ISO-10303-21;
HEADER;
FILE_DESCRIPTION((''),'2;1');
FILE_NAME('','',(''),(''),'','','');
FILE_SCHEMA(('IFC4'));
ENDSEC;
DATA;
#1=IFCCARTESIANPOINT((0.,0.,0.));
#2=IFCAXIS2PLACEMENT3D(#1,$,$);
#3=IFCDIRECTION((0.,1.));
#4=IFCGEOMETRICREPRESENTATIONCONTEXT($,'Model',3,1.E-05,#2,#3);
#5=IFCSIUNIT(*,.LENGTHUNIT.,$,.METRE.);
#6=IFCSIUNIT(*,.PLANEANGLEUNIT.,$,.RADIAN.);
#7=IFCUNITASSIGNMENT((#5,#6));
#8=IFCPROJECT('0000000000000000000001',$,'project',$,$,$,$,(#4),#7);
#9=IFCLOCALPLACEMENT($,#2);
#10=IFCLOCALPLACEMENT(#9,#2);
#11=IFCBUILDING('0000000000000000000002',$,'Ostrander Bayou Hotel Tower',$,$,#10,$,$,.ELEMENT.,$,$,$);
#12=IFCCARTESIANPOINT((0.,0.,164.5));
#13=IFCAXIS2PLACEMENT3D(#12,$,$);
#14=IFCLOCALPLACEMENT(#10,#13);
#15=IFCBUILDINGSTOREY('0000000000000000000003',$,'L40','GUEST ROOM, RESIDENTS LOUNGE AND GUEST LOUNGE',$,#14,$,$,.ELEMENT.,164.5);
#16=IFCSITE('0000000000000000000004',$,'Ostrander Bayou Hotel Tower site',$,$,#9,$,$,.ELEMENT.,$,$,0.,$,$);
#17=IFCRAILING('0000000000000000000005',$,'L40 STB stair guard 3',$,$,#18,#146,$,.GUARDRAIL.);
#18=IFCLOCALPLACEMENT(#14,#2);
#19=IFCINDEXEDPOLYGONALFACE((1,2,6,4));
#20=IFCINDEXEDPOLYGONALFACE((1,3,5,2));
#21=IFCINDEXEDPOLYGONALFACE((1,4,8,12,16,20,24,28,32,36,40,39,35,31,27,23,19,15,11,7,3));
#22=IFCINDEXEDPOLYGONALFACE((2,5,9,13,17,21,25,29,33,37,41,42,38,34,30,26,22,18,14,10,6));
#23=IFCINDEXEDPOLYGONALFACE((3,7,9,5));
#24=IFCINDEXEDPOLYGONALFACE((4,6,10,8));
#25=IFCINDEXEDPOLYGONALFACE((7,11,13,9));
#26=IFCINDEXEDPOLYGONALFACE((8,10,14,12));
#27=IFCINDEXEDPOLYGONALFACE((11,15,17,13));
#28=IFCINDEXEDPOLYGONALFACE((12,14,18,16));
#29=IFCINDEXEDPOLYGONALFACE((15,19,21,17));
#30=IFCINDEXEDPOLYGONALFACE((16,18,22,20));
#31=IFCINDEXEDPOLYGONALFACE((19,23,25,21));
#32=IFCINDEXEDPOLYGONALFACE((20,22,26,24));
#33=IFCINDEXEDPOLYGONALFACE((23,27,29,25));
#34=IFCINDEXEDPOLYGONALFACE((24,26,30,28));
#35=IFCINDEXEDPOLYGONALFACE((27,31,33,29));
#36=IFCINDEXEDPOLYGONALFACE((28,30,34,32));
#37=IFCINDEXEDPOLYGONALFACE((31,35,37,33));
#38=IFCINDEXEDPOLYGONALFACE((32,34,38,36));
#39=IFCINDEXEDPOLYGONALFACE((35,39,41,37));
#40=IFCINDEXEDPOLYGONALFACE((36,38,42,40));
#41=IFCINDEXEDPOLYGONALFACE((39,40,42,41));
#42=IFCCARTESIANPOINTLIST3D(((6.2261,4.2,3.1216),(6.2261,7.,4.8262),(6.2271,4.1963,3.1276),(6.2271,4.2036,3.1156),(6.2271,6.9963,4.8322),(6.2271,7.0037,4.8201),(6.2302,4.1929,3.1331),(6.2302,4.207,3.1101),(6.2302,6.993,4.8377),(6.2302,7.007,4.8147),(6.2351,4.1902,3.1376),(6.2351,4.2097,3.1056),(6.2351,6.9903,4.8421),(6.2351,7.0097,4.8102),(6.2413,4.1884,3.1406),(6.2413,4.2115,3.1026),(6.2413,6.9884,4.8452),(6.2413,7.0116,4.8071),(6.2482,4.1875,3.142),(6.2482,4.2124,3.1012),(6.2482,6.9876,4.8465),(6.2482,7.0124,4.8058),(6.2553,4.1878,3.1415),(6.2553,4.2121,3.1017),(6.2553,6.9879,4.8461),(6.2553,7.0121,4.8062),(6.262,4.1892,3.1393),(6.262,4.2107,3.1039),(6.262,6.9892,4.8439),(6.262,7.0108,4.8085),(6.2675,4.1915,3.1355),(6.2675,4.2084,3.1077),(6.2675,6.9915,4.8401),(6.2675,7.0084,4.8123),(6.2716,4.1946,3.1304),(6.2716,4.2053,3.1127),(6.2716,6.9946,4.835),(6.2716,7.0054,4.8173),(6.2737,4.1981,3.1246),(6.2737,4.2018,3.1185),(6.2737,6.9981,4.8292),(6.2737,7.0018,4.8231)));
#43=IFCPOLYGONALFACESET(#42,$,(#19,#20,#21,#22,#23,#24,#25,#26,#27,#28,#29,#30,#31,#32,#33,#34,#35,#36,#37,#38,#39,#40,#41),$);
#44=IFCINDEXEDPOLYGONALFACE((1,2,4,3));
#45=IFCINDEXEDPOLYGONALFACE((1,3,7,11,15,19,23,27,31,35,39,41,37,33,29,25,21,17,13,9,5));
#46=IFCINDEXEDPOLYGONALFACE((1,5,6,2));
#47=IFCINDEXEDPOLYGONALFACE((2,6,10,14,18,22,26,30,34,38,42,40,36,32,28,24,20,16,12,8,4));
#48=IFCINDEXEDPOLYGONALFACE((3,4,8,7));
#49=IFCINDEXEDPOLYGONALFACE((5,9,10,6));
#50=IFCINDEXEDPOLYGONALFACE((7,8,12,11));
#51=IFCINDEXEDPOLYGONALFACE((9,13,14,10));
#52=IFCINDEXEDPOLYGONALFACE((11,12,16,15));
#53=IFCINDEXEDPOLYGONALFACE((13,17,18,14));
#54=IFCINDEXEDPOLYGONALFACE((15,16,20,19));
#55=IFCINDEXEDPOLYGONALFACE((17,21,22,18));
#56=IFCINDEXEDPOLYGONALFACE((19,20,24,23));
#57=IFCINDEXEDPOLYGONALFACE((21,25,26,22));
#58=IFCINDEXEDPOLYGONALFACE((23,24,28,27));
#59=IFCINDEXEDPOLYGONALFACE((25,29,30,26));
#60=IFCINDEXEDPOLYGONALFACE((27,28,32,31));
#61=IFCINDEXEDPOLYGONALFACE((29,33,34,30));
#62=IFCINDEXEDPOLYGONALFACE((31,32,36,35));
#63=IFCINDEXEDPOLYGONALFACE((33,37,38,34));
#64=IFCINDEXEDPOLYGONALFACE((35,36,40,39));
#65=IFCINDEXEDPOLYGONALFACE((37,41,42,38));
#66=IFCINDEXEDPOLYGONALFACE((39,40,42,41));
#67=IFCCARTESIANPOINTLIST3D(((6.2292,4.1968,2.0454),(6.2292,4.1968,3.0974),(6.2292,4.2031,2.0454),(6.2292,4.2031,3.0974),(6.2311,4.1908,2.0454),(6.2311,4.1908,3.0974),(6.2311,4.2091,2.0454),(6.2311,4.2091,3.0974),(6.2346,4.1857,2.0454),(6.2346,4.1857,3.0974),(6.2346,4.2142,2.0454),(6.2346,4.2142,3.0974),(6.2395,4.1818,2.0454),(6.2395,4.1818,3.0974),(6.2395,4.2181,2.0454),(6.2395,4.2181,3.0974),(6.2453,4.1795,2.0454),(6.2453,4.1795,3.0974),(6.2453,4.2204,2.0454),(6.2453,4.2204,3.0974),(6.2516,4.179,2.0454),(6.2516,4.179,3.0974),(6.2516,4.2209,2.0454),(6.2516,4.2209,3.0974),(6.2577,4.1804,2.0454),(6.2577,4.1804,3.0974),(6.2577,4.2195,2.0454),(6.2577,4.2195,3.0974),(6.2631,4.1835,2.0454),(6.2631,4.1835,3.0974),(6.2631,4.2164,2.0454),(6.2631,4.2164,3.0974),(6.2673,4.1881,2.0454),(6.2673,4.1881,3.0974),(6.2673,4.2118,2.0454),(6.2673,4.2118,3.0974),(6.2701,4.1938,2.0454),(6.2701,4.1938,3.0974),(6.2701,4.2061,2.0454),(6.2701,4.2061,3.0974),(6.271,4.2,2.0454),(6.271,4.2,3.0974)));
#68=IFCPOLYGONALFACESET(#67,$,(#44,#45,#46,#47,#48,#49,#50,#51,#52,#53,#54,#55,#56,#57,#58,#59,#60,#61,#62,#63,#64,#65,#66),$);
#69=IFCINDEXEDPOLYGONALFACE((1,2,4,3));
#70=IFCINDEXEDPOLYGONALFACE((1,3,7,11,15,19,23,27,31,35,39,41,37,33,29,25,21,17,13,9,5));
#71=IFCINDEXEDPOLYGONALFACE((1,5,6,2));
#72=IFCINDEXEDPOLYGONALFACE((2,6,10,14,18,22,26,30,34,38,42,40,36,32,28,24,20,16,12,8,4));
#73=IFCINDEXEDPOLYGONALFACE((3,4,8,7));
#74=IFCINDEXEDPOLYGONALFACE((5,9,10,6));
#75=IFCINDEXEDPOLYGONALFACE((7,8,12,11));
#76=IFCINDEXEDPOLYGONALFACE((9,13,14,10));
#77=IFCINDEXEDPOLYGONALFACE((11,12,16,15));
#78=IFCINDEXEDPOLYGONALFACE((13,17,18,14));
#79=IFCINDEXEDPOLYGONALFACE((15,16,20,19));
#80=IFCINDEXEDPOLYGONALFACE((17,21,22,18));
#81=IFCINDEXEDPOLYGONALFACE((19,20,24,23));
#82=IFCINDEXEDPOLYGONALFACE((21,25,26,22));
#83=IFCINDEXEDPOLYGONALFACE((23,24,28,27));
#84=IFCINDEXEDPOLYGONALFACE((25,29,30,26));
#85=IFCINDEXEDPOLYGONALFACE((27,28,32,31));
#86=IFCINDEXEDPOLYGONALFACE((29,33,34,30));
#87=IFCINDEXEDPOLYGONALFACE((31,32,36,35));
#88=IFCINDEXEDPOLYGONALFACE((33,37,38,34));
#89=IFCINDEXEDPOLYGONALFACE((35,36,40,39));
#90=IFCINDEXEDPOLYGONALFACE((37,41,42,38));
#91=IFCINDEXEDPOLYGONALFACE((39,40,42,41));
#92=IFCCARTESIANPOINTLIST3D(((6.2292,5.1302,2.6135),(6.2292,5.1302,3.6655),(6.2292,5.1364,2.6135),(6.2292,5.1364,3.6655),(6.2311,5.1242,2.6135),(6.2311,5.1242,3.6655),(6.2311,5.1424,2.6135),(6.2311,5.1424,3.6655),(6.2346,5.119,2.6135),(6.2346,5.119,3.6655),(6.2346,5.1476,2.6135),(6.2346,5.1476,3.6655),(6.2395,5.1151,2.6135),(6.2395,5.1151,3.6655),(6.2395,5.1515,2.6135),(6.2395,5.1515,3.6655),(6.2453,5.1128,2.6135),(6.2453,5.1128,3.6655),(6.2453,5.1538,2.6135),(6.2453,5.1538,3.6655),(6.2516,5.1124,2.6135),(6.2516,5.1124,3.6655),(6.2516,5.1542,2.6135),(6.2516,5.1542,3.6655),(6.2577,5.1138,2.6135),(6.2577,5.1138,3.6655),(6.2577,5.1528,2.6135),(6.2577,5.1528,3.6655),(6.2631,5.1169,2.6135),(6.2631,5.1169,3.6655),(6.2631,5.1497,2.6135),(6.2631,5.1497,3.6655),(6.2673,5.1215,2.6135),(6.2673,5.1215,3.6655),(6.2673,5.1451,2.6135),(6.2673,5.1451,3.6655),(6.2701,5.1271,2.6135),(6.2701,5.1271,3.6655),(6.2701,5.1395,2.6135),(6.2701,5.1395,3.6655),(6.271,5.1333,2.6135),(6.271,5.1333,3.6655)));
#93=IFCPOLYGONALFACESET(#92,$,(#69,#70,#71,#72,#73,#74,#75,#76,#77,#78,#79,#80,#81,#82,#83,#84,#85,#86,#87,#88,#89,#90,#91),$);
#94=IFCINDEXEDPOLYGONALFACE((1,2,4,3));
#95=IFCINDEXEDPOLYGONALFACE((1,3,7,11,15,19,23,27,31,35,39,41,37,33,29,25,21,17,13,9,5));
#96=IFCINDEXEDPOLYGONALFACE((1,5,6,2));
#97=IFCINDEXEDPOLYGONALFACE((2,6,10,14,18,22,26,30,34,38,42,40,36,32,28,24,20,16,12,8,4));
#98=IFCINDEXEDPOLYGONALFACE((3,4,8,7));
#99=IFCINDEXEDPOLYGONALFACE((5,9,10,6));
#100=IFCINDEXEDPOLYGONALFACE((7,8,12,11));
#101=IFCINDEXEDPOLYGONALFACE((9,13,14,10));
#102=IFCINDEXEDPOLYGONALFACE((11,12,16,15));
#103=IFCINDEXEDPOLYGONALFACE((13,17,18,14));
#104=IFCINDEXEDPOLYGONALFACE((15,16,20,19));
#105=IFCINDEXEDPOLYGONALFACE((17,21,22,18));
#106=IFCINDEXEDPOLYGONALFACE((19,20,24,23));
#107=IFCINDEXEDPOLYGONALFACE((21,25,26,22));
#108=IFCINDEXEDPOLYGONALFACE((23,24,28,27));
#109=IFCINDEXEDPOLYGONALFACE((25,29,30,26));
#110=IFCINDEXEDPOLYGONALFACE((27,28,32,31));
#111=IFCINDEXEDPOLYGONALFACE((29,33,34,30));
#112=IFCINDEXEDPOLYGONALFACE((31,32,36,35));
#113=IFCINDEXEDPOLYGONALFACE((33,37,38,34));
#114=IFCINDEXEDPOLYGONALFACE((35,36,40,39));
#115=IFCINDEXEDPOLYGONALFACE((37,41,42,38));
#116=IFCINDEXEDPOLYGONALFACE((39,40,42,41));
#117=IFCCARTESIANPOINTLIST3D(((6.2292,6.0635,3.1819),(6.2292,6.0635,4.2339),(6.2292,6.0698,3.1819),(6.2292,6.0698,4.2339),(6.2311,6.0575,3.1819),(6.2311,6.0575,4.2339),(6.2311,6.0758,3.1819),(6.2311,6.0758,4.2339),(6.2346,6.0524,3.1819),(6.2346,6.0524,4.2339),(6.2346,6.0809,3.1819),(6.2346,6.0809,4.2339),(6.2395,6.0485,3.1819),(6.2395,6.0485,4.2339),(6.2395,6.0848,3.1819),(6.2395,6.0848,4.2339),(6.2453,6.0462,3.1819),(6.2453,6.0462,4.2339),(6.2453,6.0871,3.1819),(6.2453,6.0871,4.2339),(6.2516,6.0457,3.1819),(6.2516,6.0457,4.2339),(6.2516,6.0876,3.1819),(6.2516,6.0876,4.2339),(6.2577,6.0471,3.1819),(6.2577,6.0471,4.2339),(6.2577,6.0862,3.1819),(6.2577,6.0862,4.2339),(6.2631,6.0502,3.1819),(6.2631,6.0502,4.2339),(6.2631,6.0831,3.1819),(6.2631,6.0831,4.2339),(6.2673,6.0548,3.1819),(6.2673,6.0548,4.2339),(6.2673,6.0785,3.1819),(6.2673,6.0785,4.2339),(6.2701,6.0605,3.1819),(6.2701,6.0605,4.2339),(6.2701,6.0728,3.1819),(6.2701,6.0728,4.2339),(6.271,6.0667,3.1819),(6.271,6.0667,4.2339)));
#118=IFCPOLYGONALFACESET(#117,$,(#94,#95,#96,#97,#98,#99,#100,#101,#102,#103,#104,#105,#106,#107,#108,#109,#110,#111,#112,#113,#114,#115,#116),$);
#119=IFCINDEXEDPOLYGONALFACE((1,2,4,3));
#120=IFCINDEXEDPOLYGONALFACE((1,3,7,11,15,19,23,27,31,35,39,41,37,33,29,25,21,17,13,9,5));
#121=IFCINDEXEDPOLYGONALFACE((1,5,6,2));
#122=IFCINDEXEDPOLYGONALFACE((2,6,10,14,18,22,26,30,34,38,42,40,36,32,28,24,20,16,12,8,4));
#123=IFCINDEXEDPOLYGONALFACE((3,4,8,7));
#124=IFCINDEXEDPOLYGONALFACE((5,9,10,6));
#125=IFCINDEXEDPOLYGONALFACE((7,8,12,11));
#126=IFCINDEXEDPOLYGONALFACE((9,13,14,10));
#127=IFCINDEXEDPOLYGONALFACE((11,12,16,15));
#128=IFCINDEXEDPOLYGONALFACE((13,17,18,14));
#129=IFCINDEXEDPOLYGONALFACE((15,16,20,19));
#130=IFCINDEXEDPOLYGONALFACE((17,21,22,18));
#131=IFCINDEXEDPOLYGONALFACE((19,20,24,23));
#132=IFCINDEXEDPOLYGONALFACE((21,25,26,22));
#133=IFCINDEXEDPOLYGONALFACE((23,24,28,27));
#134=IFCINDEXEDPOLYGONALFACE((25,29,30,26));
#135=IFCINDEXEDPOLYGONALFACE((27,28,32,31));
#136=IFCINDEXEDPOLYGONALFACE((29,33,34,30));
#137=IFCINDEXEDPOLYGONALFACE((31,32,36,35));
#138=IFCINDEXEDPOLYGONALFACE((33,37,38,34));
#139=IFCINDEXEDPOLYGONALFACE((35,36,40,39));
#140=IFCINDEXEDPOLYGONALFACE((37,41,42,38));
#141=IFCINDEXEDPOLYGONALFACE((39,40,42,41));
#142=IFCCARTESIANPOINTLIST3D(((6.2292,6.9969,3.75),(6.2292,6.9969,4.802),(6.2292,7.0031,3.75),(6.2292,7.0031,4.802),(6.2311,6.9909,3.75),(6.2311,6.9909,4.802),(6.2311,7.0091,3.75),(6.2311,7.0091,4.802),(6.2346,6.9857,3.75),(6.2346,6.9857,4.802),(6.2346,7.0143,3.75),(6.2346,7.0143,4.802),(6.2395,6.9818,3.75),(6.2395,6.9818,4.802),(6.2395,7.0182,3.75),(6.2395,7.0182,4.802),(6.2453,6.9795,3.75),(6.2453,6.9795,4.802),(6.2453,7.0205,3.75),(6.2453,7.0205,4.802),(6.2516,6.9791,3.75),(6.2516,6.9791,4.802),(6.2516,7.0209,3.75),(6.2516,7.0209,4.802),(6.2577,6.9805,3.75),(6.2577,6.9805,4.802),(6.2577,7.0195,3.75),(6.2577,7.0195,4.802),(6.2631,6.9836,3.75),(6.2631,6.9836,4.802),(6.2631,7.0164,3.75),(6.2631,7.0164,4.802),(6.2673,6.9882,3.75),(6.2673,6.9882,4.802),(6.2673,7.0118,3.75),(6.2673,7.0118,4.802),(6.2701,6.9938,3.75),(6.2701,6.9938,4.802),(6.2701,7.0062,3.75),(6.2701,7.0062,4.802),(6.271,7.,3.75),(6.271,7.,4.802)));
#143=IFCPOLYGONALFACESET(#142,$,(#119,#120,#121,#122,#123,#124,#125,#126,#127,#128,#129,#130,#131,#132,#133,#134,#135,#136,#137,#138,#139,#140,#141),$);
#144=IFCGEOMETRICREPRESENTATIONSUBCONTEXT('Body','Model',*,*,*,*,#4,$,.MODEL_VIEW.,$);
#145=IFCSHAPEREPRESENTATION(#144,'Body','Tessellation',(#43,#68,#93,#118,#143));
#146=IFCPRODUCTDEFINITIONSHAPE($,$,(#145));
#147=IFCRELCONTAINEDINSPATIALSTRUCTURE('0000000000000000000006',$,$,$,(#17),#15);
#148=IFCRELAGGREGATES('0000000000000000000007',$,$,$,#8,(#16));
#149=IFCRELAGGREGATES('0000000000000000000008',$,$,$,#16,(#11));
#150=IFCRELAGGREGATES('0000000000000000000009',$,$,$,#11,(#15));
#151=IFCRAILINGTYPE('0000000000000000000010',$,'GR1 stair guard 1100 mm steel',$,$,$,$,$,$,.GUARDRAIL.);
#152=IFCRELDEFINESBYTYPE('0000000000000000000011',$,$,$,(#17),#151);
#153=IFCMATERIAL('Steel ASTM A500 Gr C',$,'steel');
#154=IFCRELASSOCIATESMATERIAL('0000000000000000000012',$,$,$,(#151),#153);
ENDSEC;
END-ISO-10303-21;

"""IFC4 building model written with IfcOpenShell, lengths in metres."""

from ifc_helpers import new_model, si_unit, direction, frame, origin, origin_2d, place, context, subcontext, project, spatial, circle, extrude, material, type_object, element, save


model = new_model("IFC4")

# Units and contexts
model_context = context("Model", 3, precision=1e-05, world=origin(), true_north=direction((0.0, 1.0)))
body_context = subcontext(model_context, "Body", "Model", "MODEL_VIEW")
ifc_project = project(units=[si_unit("LENGTHUNIT", "METRE"), si_unit("PLANEANGLEUNIT", "RADIAN")], contexts=[model_context])

# Site, building, storey
site_placement = place(None, origin())
site = spatial("IfcSite", under=ifc_project, at=site_placement, Name="Ostrander Bayou Hotel Tower site", CompositionType="ELEMENT", RefElevation=0.0)
building_placement = place(site_placement, origin())
building = spatial("IfcBuilding", under=site, at=building_placement, Name="Ostrander Bayou Hotel Tower", CompositionType="ELEMENT")
storey_placement = place(building_placement, frame((0.0, 0.0, 164.5)))
storey = spatial("IfcBuildingStorey", under=building, at=storey_placement, Name="L40", Description="GUEST ROOM, RESIDENTS LOUNGE AND GUEST LOUNGE", CompositionType="ELEMENT", Elevation=164.5)

# Railing
ifc_material_1 = material(Name="Steel ASTM A500 Gr C", Category="steel")
railing_type = type_object("IfcRailingType", Name="GR1 stair guard 1100 mm steel", PredefinedType="GUARDRAIL", material=ifc_material_1)
railing_1_placement = place(storey_placement, frame((6.25, 4.2, 2.0454)))
element("IfcRailing", 1, at=railing_1_placement, inside=storey, type_object=railing_type, Name="L40 STB stair guard 3", PredefinedType="GUARDRAIL", context=body_context, shape_type="SweptSolid", body=[
    extrude(circle(Radius=0.0239, at=origin_2d()), frame((0.0, 0.0, 1.0762), z_axis=(0.0, 0.85417, 0.519994), x_axis=(-1.0, 0.0, 0.0)), (0.0, 0.0, 1.0), 3.2781),
    extrude(circle(Radius=0.021, at=origin_2d()), origin(), (0.0, 0.0, 1.0), 1.052),
    extrude(circle(Radius=0.021, at=origin_2d()), frame((0.0, 0.9333, 0.5681)), (0.0, 0.0, 1.0), 1.052),
    extrude(circle(Radius=0.021, at=origin_2d()), frame((0.0, 1.8667, 1.1365)), (0.0, 0.0, 1.0), 1.052),
    extrude(circle(Radius=0.021, at=origin_2d()), frame((0.0, 2.8, 1.7046)), (0.0, 0.0, 1.0), 1.052),
])

save(model, "model.ifc")
